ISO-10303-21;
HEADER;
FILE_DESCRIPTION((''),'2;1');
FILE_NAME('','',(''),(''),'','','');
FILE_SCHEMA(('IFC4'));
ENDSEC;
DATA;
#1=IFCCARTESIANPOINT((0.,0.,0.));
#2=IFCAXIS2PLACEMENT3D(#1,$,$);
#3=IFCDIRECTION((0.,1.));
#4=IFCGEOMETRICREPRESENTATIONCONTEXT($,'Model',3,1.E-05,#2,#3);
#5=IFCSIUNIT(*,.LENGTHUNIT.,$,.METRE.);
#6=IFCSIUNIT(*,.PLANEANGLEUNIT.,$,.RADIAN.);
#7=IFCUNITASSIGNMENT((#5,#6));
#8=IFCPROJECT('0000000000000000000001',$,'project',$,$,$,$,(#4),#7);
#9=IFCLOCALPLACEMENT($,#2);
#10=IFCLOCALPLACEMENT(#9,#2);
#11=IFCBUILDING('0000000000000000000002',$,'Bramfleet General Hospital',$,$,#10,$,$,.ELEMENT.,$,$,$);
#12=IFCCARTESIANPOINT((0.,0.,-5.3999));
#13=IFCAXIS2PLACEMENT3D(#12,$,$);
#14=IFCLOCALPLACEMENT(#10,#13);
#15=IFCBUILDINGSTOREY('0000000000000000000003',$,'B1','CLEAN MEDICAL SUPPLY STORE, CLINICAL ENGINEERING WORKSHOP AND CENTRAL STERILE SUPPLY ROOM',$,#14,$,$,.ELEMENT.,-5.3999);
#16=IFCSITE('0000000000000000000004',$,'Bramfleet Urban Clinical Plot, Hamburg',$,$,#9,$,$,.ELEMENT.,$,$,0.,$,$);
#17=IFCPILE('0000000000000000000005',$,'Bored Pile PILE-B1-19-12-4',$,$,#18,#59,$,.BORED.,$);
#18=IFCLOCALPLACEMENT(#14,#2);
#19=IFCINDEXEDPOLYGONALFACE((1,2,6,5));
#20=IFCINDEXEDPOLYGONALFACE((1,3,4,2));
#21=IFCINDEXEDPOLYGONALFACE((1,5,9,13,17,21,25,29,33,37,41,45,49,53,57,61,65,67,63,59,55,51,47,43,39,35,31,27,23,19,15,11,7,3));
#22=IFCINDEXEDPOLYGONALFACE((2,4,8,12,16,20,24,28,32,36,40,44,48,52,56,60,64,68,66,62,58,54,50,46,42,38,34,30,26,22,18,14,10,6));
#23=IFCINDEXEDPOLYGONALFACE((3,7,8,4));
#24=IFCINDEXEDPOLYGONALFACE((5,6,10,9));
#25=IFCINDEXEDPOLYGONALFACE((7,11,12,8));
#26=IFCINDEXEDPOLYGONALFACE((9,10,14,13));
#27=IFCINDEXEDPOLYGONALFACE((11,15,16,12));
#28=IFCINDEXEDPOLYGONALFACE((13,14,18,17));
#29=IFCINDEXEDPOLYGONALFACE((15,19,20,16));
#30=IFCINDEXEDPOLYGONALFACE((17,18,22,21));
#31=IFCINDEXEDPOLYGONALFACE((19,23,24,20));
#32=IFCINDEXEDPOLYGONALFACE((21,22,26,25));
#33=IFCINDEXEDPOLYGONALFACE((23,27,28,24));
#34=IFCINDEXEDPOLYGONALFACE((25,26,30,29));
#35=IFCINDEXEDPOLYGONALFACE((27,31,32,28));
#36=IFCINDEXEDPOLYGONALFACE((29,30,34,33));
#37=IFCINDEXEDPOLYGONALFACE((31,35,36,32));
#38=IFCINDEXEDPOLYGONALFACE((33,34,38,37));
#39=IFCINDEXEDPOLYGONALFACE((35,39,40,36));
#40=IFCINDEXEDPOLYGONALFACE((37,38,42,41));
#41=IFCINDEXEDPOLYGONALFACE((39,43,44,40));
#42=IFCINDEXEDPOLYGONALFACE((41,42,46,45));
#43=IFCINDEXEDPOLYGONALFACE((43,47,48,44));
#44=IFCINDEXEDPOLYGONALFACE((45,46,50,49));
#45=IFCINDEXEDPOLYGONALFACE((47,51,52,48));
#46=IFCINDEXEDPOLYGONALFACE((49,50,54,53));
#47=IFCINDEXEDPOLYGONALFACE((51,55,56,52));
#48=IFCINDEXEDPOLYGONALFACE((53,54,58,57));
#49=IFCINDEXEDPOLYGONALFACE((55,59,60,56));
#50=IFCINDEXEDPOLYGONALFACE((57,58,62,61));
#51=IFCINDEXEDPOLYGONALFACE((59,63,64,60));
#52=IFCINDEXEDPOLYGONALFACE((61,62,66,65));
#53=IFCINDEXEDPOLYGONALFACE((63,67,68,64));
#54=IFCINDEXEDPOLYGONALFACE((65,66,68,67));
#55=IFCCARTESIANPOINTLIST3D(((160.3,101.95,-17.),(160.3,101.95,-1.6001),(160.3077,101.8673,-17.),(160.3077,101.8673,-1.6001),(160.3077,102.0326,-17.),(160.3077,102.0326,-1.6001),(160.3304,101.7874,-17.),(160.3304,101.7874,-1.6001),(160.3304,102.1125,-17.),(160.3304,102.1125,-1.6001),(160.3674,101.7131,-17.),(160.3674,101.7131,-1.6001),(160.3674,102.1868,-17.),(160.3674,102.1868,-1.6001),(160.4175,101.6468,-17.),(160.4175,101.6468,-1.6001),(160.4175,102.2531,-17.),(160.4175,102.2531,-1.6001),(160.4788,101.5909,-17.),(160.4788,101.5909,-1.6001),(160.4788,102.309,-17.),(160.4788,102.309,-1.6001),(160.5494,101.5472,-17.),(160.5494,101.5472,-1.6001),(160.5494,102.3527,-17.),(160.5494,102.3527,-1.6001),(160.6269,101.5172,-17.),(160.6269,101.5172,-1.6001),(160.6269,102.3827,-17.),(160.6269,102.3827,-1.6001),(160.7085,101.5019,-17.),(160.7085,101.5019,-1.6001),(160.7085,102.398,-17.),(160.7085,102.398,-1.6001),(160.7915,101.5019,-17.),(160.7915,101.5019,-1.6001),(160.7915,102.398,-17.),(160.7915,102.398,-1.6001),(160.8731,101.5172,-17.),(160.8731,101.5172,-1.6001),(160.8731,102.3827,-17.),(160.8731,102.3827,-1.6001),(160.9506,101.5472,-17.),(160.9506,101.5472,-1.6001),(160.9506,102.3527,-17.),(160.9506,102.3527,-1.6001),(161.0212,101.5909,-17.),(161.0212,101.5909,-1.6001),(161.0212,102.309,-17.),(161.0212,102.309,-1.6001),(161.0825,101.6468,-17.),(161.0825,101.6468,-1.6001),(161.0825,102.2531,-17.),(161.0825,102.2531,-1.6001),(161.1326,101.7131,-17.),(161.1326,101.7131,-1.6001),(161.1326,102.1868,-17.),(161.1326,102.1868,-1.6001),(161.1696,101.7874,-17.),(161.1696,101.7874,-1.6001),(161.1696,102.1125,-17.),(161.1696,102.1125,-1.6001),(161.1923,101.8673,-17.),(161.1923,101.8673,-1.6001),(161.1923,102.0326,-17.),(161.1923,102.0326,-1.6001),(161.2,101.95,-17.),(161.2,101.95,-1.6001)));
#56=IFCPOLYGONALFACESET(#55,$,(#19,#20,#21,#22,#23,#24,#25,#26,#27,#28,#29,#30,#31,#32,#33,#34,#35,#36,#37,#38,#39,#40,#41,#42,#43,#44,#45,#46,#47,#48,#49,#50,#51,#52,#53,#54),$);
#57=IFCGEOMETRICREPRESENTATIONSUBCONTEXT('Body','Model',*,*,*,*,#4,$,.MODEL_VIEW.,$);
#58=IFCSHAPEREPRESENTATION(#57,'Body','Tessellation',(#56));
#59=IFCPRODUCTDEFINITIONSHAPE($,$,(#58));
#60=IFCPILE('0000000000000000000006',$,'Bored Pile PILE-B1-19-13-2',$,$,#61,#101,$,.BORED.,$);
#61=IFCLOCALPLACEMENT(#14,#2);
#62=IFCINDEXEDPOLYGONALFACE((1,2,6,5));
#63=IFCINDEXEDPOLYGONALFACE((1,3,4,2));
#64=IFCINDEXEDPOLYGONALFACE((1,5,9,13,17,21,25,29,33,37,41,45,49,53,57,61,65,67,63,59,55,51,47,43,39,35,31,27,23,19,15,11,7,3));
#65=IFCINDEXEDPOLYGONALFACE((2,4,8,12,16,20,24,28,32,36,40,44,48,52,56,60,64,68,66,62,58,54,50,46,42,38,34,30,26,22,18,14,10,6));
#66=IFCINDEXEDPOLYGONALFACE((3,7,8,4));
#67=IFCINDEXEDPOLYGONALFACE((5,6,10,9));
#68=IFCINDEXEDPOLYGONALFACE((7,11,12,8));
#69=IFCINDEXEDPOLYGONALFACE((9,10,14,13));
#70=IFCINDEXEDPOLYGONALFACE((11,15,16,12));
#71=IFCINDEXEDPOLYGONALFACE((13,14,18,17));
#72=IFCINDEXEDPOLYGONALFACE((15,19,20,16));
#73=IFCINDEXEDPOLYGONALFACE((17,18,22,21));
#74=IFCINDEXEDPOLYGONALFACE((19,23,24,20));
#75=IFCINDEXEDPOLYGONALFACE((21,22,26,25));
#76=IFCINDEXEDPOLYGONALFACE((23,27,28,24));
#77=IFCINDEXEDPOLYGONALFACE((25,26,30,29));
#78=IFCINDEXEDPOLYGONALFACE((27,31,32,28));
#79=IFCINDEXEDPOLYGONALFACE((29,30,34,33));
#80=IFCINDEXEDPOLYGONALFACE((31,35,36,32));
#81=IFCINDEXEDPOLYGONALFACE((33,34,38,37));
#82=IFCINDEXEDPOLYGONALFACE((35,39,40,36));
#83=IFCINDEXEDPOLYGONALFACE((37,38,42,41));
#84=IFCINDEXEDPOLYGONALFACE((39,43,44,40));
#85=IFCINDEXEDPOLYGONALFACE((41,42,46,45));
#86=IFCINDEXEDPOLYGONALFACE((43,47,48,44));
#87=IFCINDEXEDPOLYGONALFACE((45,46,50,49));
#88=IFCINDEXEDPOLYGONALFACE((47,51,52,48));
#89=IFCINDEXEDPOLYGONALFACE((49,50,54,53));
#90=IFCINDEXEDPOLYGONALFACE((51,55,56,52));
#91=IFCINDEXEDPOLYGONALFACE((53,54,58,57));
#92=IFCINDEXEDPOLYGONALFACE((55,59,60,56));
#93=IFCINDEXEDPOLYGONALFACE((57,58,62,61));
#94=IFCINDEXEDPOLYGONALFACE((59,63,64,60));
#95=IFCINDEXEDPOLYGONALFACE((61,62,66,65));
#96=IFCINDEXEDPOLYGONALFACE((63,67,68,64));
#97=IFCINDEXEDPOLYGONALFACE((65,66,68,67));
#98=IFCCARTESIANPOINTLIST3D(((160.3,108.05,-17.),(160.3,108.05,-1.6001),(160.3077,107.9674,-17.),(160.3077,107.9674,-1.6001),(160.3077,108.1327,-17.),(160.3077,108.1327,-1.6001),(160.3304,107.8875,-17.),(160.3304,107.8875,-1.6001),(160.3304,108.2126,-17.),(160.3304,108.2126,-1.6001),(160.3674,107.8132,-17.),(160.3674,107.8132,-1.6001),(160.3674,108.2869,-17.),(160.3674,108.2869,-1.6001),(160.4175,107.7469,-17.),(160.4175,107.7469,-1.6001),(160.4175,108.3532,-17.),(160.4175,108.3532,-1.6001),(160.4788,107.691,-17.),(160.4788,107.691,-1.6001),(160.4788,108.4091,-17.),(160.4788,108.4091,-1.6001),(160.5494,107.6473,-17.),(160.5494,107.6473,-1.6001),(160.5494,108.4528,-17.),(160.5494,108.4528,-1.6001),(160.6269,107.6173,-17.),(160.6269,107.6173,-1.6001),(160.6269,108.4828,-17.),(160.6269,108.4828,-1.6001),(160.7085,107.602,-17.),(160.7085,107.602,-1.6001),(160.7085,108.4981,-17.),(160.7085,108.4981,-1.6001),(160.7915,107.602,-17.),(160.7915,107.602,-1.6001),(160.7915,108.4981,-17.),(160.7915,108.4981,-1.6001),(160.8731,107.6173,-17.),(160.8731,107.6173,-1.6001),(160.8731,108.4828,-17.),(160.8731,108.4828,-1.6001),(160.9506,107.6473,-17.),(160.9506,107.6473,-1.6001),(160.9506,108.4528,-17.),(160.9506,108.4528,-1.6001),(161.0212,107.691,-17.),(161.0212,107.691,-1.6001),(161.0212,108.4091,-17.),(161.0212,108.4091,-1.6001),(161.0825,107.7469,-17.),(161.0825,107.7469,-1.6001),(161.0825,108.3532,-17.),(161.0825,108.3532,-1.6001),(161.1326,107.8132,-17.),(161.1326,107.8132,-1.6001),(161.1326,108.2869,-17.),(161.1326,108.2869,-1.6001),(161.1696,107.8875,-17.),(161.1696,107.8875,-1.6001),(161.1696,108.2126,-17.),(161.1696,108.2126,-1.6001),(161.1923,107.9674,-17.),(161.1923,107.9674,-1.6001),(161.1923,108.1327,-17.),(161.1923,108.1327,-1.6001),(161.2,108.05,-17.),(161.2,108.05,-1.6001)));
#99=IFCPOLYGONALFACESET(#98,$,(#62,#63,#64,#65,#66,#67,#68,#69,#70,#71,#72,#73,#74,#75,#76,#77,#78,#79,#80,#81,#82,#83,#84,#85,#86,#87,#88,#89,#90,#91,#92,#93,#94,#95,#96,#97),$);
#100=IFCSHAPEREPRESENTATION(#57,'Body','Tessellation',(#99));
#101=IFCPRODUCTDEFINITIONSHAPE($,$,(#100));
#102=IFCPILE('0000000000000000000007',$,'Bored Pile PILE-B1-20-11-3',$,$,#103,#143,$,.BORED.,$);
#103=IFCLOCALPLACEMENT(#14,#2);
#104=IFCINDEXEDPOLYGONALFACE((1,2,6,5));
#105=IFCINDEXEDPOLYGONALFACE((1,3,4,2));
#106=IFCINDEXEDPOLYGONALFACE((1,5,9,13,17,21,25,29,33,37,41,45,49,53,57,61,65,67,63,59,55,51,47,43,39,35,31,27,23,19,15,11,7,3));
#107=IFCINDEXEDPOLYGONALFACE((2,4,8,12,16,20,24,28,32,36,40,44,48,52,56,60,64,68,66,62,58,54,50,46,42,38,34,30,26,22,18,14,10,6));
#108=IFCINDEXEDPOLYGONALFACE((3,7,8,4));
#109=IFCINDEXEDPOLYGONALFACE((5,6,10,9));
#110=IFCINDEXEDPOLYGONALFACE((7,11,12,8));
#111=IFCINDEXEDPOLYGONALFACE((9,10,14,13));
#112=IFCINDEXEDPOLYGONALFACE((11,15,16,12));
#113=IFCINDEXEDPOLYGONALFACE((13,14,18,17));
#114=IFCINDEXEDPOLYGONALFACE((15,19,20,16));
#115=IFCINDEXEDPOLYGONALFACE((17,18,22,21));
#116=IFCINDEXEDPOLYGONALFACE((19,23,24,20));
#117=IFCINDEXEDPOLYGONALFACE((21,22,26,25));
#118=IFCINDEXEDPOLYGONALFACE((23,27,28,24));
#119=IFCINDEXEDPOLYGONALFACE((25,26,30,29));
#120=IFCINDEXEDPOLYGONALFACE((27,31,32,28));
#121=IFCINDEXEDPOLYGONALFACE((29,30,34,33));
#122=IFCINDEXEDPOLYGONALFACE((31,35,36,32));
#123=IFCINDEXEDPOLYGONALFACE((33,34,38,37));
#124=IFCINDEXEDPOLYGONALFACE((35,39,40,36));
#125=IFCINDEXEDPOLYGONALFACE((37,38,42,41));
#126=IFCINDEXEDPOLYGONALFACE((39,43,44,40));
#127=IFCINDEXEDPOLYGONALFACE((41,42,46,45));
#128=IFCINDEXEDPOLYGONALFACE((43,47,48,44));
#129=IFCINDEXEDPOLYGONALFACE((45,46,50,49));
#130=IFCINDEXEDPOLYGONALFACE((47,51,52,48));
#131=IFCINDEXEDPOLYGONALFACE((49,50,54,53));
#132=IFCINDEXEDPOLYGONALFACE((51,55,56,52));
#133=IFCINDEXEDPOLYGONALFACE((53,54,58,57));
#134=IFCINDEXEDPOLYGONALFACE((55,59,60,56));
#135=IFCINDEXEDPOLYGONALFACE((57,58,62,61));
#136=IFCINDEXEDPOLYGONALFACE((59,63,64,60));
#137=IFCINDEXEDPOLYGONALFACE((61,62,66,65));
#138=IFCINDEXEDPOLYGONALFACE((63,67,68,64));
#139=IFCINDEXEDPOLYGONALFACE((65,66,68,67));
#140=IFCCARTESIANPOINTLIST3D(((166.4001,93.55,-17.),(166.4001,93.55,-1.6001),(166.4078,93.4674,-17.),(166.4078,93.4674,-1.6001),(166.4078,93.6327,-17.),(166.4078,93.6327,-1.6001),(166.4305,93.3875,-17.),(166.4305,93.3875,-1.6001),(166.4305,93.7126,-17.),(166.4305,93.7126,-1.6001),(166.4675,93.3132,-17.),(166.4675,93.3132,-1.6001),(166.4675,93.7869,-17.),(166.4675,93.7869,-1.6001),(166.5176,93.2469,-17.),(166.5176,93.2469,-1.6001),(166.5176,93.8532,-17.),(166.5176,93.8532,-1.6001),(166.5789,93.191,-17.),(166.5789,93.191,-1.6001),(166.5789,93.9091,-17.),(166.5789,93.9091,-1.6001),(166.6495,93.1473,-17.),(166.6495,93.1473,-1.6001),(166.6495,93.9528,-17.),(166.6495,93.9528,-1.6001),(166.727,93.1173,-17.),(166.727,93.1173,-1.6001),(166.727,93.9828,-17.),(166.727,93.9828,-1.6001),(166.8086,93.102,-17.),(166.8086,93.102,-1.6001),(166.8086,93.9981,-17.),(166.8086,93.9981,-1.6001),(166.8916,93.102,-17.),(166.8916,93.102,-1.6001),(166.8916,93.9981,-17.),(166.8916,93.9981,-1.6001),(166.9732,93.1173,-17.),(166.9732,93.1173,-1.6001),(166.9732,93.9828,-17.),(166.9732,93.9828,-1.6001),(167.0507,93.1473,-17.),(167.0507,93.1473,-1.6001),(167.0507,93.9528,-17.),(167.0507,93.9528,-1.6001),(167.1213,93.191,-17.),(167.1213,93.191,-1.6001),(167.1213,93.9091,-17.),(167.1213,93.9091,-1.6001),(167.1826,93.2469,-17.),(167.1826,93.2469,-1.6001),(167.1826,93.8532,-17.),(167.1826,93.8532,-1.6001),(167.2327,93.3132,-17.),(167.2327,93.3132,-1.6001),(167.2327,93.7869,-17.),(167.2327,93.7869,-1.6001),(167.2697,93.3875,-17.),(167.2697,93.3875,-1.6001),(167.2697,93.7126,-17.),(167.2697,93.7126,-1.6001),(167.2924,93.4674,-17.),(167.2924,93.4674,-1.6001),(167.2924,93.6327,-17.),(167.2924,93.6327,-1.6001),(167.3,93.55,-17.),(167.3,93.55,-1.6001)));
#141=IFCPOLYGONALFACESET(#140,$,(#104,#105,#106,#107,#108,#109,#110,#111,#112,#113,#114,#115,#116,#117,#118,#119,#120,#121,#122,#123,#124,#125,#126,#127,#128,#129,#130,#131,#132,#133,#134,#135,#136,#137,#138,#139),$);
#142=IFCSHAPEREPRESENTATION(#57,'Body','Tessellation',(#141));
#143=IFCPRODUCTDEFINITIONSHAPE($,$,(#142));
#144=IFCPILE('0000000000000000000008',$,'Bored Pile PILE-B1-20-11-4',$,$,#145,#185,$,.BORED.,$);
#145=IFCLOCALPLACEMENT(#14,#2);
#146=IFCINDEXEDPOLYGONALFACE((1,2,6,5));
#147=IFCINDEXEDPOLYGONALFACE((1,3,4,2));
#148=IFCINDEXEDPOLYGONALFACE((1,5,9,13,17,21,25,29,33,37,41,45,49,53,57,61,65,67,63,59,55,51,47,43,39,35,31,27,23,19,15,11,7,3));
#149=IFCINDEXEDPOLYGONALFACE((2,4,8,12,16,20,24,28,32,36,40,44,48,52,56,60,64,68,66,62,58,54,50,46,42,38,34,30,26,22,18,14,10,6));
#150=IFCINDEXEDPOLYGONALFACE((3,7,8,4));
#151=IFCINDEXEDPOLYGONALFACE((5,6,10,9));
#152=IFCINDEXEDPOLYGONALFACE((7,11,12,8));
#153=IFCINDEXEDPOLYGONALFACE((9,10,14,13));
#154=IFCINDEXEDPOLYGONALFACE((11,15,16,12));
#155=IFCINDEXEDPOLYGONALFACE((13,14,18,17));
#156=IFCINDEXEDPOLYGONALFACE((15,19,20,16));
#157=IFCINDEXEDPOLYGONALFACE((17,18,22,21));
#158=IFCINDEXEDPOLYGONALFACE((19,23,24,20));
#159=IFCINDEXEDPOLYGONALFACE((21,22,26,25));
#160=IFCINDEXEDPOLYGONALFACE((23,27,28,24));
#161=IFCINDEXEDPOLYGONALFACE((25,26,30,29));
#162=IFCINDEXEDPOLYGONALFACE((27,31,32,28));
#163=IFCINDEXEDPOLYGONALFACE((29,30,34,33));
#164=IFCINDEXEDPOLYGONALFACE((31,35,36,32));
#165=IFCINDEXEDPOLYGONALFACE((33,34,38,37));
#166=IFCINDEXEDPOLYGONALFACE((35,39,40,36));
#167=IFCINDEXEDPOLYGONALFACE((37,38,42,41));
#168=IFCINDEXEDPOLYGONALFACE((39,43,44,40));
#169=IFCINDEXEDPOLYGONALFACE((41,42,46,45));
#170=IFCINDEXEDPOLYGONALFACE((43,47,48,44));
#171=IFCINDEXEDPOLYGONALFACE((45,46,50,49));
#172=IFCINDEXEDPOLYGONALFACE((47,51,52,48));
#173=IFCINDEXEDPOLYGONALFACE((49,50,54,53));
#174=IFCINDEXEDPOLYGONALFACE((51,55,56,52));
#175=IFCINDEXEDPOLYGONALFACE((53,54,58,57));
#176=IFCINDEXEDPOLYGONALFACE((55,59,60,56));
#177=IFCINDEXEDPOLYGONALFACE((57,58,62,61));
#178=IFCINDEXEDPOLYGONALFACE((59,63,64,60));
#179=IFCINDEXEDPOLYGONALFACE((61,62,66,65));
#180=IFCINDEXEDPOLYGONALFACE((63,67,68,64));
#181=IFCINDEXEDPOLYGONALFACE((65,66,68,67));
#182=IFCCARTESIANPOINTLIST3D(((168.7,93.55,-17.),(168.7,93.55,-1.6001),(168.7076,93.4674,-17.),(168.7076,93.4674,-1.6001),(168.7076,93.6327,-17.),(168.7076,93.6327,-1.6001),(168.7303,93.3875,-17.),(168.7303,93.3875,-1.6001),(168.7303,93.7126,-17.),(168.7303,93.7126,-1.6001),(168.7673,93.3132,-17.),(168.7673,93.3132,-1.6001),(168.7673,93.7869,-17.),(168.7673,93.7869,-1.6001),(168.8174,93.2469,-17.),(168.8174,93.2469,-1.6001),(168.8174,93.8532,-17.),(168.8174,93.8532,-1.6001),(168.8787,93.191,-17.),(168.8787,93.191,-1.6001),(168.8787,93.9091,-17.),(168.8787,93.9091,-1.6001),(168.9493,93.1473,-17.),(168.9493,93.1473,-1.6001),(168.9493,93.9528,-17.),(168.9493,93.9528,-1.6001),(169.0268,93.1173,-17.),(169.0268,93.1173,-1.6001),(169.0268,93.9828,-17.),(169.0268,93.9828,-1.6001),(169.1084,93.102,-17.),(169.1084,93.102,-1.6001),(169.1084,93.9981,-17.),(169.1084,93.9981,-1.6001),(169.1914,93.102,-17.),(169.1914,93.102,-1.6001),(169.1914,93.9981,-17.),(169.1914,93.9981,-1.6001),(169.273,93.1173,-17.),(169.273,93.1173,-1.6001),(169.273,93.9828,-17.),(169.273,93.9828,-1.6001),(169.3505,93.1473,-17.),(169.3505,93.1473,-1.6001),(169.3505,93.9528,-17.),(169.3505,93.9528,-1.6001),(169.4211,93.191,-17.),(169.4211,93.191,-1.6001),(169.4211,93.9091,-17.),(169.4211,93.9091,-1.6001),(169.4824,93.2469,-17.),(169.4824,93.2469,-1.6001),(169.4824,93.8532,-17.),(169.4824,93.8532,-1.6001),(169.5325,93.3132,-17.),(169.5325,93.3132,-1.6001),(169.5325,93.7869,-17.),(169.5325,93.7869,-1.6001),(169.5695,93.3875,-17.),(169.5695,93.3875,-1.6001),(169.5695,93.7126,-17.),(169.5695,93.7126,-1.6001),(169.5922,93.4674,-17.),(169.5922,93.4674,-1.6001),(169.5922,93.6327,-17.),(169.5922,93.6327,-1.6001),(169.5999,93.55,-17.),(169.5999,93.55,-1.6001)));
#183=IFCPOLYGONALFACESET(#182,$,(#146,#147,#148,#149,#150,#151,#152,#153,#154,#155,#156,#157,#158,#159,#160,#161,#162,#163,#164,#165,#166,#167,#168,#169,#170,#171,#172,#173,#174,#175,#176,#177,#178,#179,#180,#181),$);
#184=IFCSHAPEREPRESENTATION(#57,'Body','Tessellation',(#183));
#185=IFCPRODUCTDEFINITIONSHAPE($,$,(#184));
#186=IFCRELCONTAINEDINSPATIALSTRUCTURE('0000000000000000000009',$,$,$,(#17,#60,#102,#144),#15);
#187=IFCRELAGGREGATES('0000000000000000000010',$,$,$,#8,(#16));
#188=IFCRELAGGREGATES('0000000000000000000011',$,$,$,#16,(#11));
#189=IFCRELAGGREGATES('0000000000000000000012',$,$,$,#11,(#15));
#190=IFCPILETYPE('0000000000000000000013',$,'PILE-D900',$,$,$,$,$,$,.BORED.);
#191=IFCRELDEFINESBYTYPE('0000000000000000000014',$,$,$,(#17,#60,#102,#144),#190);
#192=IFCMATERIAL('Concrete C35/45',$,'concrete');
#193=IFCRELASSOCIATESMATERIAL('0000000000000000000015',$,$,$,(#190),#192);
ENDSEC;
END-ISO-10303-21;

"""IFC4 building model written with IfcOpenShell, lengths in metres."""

from ifc_helpers import new_model, si_unit, direction, frame, origin, origin_2d, place, context, subcontext, project, spatial, circle, extrude, material, material_profile, profile_set, type_object, element, save


model = new_model("IFC4")

# Units and contexts
model_context = context("Model", 3, precision=1e-05, world=origin(), true_north=direction((0.0, 1.0)))
body_context = subcontext(model_context, "Body", "Model", "MODEL_VIEW")
ifc_project = project(units=[si_unit("LENGTHUNIT", "METRE"), si_unit("PLANEANGLEUNIT", "RADIAN")], contexts=[model_context])

# Site, building, storey
site_placement = place(None, origin())
site = spatial("IfcSite", under=ifc_project, at=site_placement, Name="Bramfleet Urban Clinical Plot, Hamburg", CompositionType="ELEMENT", RefElevation=0.0)
building_placement = place(site_placement, origin())
building = spatial("IfcBuilding", under=site, at=building_placement, Name="Bramfleet General Hospital", CompositionType="ELEMENT")
storey_placement = place(building_placement, frame((0.0, 0.0, -5.3999)))
storey = spatial("IfcBuildingStorey", under=building, at=storey_placement, Name="B1", Description="CLEAN MEDICAL SUPPLY STORE, CLINICAL ENGINEERING WORKSHOP AND CENTRAL STERILE SUPPLY ROOM", CompositionType="ELEMENT", Elevation=-5.3999)

# Shared definitions
ifc_material_1 = material(Name="Concrete C35/45", Category="concrete")

# Piles
ifc_material_profile_1 = material_profile(ifc_material_1, circle(Radius=0.45, at=origin_2d()), Name="PILE BORED D900")
ifc_profile_set_1 = profile_set([ifc_material_profile_1], Name="Concrete C35/45")
pile_type = type_object("IfcPileType", Name="PILE-D900", PredefinedType="BORED", material=ifc_profile_set_1)
for number, where, z_axis, x_axis, name in (
    (1, (160.75, 101.95, -1.6001), (0.0, 0.0, -1.0), (1.0, 0.0, 0.0), "Bored Pile PILE-B1-19-12-4"),
    (2, (160.75, 108.05, -1.6001), (0.0, 0.0, -1.0), (1.0, 0.0, 0.0), "Bored Pile PILE-B1-19-13-2"),
    (3, (166.8501, 93.55, -1.6001), (0.0, 0.0, -1.0), (1.0, 0.0, 0.0), "Bored Pile PILE-B1-20-11-3"),
    (4, (169.1499, 93.55, -1.6001), (0.0, 0.0, -1.0), (1.0, 0.0, 0.0), "Bored Pile PILE-B1-20-11-4"),
):
    element("IfcPile", number, at=place(storey_placement, frame(where, z_axis=z_axis, x_axis=x_axis)), inside=storey, type_object=pile_type, Name=name, PredefinedType="BORED", context=body_context, shape_type="SweptSolid", body=[
        extrude(circle(Radius=0.45, at=origin_2d()), origin(), (0.0, 0.0, 1.0), 15.3999),
    ])

save(model, "model.ifc")
